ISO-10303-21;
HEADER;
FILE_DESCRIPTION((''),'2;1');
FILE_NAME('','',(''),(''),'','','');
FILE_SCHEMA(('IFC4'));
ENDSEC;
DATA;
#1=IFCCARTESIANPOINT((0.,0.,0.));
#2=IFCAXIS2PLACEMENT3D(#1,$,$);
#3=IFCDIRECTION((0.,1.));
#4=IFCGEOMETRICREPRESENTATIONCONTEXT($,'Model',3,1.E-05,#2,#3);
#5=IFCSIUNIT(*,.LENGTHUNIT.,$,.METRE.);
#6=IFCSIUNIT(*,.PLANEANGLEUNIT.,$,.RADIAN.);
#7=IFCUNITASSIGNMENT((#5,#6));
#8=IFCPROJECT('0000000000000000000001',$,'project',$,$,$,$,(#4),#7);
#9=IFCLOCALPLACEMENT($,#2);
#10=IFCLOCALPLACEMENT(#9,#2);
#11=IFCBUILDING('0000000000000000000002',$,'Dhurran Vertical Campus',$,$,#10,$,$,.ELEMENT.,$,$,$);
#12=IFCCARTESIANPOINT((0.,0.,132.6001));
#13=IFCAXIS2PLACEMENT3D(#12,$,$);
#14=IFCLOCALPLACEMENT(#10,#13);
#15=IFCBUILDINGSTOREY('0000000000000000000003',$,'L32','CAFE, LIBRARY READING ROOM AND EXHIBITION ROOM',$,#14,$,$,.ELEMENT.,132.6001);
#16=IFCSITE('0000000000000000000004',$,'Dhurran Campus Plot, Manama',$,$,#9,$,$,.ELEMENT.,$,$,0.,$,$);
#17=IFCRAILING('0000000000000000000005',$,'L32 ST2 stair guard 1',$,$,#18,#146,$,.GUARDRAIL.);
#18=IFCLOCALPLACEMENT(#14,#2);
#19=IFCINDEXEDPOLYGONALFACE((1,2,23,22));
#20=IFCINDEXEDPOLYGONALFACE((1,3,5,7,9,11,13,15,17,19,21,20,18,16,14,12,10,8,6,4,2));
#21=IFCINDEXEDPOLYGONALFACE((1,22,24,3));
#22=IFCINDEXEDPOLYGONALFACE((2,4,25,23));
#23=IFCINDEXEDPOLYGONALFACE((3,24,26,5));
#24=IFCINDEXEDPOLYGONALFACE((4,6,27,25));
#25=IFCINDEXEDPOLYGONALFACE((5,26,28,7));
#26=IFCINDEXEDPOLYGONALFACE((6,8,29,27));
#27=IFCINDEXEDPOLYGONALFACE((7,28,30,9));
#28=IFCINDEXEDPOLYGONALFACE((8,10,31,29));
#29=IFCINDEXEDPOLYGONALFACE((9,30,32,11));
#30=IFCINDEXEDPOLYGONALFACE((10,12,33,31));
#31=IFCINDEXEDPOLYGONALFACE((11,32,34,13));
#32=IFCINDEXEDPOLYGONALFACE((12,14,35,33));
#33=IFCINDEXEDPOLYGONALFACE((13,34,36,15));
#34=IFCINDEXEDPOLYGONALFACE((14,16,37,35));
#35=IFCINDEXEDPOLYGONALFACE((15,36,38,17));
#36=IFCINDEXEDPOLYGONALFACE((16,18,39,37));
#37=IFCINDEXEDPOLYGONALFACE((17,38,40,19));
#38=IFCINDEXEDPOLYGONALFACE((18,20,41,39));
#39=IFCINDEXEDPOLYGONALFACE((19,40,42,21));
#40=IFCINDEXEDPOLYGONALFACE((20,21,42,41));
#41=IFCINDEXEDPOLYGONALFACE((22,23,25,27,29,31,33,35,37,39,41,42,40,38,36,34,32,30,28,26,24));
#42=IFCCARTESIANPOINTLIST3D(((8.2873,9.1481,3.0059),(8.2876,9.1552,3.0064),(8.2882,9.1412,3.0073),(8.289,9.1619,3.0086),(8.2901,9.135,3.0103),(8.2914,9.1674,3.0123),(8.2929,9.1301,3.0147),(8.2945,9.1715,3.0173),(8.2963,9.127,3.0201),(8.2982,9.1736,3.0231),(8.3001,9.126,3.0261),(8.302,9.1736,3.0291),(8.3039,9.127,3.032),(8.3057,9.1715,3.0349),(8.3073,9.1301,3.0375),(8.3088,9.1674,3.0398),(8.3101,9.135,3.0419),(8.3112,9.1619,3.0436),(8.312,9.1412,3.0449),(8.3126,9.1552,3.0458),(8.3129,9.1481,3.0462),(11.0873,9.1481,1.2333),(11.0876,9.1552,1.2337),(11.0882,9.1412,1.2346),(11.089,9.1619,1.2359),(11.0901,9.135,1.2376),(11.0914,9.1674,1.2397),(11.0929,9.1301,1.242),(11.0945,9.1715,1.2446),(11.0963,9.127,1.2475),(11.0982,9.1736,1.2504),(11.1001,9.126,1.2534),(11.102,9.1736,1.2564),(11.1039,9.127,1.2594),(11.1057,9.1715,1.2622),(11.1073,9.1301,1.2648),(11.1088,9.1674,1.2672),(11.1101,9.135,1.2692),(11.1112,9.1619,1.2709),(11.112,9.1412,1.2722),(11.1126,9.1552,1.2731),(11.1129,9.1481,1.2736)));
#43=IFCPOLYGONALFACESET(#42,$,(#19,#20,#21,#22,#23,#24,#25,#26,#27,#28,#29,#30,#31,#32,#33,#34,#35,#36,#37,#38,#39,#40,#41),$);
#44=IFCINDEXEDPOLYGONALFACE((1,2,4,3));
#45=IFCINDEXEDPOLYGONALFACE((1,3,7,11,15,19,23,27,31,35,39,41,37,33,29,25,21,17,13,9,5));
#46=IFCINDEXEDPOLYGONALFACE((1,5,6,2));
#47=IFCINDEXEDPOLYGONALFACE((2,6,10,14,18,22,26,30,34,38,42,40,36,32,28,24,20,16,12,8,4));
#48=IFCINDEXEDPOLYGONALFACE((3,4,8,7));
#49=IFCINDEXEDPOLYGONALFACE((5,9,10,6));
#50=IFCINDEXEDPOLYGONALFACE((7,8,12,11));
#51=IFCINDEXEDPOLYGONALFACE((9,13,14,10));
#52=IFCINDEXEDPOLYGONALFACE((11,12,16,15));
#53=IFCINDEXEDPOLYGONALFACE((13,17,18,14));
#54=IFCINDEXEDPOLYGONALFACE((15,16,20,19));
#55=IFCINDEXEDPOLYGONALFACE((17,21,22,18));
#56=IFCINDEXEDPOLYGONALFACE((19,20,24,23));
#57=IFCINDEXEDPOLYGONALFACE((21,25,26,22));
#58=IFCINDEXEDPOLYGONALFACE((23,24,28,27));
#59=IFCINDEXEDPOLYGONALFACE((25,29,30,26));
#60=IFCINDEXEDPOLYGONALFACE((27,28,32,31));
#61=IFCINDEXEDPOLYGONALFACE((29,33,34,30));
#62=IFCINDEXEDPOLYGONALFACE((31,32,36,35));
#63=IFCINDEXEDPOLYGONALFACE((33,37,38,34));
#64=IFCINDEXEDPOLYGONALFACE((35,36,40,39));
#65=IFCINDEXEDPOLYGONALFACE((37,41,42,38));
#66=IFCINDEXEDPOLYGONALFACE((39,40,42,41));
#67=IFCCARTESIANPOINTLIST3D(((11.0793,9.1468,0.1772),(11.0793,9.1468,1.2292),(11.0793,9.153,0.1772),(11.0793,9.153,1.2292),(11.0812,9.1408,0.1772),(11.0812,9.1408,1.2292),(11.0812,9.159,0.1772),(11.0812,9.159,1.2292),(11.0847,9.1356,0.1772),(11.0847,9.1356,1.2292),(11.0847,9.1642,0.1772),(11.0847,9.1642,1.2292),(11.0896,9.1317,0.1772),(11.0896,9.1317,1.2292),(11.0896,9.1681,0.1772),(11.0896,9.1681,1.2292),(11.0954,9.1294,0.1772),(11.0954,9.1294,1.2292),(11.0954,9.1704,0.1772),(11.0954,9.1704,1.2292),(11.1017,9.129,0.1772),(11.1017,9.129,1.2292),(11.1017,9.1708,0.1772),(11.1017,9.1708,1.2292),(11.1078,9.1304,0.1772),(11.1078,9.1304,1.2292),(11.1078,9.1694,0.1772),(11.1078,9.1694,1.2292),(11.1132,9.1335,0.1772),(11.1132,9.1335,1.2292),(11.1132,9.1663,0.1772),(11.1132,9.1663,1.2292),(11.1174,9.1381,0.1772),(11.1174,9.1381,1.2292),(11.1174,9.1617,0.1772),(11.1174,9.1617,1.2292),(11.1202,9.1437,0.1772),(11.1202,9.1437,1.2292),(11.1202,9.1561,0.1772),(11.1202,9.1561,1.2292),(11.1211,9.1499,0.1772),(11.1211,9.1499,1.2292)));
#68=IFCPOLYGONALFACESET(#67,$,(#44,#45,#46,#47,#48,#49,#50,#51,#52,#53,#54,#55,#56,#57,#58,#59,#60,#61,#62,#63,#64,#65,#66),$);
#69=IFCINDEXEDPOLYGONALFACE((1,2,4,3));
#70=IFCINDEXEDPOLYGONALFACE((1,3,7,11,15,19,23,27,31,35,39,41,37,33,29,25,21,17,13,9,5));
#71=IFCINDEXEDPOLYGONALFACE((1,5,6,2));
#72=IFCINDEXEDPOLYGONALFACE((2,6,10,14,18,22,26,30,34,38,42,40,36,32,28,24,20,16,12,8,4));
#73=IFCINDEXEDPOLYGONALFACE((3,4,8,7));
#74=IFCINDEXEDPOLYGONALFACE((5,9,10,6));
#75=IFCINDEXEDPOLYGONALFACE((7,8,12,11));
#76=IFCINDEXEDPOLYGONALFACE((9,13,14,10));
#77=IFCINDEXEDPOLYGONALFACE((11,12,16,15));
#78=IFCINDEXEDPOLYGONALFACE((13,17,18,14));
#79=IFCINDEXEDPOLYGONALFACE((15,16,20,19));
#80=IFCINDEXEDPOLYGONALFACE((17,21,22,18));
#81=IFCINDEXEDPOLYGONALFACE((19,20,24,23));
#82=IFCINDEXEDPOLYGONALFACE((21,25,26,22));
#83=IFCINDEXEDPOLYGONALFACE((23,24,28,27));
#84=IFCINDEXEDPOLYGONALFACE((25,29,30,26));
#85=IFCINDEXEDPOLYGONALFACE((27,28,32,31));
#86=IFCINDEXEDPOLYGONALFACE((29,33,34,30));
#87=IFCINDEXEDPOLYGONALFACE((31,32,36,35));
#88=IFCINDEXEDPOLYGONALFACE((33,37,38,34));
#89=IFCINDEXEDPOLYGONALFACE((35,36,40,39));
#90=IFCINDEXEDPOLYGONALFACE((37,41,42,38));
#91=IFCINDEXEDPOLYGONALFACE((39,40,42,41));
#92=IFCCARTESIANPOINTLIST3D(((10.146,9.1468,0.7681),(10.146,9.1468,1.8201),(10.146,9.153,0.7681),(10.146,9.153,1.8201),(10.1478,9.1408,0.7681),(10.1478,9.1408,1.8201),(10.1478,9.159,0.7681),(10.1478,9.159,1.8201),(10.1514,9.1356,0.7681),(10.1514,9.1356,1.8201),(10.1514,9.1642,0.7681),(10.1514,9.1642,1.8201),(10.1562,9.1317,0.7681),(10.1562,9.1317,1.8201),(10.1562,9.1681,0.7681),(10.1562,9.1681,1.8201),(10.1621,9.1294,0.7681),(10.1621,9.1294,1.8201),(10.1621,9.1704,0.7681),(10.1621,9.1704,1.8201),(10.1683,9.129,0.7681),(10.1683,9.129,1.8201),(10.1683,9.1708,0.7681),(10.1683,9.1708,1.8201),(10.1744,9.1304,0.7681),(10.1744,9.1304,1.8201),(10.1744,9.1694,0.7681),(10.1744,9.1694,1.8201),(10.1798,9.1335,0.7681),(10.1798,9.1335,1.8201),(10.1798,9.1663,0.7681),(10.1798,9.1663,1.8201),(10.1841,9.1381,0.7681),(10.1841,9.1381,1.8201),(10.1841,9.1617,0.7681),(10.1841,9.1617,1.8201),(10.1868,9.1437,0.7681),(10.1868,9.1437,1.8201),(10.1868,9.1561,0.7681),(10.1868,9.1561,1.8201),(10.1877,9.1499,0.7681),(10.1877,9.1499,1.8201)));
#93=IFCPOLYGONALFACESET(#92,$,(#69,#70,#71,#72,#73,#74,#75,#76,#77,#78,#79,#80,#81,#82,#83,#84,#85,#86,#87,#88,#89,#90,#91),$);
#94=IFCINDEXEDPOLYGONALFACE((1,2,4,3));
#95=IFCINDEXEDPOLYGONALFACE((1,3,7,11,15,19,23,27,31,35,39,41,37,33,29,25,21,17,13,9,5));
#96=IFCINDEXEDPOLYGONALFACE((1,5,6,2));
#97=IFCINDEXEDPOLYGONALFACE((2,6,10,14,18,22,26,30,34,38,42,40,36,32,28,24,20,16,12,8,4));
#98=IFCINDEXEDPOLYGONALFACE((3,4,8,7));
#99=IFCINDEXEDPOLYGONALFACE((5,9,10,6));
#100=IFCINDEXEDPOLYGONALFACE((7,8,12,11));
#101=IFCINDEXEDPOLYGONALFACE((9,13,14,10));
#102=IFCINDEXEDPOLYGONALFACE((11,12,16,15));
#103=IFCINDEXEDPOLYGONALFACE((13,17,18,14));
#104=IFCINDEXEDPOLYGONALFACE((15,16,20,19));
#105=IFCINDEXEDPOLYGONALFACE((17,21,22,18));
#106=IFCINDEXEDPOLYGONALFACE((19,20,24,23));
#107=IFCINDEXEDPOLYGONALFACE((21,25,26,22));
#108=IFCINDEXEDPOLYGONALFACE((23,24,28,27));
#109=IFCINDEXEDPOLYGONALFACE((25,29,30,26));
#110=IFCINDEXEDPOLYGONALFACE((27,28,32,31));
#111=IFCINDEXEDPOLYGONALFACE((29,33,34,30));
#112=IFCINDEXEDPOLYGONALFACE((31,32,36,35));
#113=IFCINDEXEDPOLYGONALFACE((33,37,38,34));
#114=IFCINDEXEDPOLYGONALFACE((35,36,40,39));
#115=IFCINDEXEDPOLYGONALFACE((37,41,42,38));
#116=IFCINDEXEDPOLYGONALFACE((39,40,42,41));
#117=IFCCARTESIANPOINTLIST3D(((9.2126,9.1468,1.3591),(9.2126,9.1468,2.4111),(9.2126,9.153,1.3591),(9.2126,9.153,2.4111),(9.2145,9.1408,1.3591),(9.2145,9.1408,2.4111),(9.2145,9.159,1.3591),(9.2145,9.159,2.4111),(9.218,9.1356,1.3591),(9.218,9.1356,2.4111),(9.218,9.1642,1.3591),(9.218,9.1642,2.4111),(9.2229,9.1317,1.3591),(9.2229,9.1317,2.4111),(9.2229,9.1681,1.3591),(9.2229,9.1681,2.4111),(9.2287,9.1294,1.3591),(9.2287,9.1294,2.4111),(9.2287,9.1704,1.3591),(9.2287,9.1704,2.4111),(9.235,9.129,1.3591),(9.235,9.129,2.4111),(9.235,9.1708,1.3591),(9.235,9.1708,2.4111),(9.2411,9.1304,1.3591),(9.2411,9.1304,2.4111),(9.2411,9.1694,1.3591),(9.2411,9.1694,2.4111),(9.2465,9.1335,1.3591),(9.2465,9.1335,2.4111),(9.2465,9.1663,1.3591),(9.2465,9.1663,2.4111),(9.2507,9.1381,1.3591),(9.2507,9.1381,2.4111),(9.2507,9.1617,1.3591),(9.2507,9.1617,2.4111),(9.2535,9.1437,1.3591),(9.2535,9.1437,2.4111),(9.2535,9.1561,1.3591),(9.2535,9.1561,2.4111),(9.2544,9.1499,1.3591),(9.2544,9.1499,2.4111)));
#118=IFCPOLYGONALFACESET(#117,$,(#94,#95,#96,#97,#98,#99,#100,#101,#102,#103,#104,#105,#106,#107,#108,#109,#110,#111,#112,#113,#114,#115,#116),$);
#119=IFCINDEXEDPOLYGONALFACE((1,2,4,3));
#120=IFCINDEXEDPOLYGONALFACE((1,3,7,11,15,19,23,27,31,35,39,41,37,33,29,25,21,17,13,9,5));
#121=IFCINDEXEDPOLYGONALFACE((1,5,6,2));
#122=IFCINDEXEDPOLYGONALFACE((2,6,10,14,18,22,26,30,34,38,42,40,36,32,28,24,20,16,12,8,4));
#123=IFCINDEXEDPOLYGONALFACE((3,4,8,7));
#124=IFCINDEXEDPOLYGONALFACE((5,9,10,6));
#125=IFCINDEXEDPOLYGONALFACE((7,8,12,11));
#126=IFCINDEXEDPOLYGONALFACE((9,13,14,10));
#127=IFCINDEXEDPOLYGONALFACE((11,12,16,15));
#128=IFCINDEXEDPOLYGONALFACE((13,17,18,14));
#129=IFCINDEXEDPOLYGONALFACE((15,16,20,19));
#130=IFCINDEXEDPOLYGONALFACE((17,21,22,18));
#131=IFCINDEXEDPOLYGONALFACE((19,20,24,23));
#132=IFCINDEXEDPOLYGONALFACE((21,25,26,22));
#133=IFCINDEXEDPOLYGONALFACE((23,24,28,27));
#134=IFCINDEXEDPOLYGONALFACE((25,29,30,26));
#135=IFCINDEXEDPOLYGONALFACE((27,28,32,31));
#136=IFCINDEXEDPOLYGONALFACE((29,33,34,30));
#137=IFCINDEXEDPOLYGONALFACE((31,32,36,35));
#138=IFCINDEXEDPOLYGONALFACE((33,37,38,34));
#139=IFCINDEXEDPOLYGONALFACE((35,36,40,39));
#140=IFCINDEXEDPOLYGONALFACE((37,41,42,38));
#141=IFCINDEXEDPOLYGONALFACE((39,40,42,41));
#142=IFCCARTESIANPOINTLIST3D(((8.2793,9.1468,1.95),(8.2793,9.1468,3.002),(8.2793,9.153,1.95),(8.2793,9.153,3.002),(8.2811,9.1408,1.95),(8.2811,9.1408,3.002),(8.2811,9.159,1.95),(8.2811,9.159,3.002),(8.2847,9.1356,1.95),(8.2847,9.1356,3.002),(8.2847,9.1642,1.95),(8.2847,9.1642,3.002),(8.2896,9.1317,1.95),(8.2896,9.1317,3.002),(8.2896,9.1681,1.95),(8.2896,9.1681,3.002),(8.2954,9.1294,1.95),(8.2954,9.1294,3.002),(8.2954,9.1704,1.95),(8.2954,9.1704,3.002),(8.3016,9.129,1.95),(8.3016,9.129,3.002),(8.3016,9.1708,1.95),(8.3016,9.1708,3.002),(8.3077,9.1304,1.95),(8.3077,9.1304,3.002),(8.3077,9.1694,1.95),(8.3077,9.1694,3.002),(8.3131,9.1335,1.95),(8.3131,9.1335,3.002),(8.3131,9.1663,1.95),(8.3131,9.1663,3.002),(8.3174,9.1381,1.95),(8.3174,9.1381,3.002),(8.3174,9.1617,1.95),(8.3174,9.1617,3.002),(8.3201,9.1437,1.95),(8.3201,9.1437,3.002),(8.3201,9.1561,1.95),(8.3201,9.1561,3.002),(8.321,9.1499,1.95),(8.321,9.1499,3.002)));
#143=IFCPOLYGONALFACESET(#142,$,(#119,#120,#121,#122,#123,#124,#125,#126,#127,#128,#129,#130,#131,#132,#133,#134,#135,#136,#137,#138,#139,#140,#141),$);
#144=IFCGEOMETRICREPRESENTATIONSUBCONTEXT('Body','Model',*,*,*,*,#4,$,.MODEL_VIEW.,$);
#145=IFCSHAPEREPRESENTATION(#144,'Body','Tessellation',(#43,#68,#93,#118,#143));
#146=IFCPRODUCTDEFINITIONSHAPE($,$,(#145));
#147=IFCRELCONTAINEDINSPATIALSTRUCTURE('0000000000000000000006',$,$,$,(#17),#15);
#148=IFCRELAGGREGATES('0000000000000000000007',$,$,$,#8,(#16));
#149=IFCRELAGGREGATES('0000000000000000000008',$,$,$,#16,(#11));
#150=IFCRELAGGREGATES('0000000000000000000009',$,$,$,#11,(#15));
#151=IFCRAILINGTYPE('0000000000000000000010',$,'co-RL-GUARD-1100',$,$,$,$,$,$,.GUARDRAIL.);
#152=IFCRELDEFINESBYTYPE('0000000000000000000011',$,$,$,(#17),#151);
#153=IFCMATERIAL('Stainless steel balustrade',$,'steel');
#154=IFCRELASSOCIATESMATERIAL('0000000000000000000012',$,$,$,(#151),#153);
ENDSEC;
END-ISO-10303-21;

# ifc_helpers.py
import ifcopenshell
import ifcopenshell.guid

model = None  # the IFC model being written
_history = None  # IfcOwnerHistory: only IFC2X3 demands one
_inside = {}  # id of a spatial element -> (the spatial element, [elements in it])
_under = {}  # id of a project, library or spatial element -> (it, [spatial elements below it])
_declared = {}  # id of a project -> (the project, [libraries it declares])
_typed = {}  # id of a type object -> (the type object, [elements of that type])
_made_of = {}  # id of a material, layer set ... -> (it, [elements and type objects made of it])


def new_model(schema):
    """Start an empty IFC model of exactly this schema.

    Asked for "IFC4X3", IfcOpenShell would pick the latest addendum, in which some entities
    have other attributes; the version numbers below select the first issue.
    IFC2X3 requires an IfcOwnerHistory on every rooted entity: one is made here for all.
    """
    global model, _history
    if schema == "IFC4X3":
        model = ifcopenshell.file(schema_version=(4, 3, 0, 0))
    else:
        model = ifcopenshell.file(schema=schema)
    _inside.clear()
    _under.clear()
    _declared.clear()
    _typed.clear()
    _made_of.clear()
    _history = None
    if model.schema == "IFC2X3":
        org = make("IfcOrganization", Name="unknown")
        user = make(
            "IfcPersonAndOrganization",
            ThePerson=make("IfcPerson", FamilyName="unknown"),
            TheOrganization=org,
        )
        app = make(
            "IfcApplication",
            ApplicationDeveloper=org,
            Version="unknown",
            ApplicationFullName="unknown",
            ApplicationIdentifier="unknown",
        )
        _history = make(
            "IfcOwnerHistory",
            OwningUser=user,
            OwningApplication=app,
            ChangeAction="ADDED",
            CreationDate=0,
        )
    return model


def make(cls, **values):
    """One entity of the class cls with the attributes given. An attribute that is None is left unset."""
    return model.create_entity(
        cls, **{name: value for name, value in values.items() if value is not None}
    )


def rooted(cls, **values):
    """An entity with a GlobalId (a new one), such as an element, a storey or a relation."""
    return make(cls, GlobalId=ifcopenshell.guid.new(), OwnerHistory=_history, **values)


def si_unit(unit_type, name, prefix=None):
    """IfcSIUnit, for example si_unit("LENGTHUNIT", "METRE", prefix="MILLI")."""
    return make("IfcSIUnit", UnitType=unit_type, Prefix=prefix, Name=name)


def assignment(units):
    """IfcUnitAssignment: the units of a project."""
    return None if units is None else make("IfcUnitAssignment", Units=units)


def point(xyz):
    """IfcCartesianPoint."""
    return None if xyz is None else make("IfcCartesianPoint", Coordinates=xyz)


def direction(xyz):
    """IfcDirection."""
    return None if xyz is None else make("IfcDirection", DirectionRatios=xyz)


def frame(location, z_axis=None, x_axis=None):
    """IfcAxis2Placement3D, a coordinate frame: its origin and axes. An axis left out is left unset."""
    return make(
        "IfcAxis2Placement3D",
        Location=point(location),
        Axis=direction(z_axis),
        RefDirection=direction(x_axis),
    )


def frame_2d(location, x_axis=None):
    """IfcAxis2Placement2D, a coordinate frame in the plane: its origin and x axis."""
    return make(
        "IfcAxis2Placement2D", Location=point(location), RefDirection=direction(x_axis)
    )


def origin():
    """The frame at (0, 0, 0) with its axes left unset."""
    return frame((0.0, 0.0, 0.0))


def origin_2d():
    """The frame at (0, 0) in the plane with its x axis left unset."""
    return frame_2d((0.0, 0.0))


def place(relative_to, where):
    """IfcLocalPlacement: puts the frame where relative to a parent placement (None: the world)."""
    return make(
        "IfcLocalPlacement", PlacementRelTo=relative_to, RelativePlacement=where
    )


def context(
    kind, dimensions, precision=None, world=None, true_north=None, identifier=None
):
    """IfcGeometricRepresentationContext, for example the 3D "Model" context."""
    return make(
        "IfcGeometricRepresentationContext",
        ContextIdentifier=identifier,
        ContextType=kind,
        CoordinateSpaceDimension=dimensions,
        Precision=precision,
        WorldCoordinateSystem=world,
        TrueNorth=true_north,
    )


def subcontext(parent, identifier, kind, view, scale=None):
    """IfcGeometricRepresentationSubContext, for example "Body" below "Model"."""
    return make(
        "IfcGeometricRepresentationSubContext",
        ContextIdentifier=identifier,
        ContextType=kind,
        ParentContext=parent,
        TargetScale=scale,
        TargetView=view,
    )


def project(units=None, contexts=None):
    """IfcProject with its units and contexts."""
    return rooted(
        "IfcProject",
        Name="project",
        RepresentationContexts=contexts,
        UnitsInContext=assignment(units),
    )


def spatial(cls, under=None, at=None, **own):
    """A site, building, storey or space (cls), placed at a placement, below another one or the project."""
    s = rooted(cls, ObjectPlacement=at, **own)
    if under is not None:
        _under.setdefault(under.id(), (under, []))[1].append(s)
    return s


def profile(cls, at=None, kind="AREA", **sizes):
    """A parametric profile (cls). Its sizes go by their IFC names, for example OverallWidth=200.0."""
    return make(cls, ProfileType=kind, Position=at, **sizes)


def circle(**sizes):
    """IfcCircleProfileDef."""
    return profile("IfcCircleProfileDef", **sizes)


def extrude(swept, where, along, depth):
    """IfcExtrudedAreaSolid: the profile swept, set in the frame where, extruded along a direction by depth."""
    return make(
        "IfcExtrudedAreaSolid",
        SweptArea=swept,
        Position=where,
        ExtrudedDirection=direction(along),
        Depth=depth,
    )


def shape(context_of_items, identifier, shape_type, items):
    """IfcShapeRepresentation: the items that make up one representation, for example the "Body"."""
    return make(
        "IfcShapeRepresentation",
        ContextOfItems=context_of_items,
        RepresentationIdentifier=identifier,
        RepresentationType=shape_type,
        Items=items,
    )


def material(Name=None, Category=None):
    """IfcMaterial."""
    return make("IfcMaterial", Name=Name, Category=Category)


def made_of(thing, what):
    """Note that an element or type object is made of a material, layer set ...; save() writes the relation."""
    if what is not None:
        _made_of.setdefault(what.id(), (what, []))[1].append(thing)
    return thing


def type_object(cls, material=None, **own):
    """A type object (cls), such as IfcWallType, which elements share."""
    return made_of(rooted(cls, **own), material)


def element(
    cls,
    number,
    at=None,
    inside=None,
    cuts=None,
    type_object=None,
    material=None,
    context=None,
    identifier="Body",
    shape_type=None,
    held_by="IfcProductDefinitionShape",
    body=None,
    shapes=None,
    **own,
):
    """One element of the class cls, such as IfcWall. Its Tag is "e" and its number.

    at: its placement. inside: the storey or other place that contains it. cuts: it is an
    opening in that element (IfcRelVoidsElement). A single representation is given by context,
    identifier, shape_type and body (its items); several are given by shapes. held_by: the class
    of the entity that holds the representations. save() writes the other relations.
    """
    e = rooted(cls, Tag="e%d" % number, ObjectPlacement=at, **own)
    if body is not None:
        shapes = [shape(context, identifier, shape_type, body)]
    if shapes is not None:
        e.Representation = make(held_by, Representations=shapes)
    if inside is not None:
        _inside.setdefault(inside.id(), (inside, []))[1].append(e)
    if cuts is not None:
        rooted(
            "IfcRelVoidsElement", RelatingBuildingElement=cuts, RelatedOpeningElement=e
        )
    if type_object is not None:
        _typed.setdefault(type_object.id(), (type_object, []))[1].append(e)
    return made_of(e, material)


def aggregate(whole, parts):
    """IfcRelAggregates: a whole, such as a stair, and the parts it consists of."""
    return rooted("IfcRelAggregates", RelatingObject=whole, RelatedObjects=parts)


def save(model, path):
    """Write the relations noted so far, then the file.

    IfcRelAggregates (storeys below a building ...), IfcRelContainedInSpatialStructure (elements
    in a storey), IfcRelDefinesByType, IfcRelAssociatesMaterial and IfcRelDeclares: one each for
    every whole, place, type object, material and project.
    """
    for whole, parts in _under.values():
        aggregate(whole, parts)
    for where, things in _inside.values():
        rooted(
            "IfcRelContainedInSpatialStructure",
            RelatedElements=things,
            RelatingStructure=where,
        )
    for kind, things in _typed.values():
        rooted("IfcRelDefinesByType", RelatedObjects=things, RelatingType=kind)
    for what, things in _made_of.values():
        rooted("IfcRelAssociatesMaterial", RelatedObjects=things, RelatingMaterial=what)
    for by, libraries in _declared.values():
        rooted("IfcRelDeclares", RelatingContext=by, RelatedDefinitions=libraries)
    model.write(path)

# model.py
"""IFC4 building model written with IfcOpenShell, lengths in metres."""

from ifc_helpers import new_model, si_unit, direction, frame, origin, origin_2d, place, context, subcontext, project, spatial, circle, extrude, material, type_object, element, save


model = new_model("IFC4")

# Units and contexts
model_context = context("Model", 3, precision=1e-05, world=origin(), true_north=direction((0.0, 1.0)))
body_context = subcontext(model_context, "Body", "Model", "MODEL_VIEW")
ifc_project = project(units=[si_unit("LENGTHUNIT", "METRE"), si_unit("PLANEANGLEUNIT", "RADIAN")], contexts=[model_context])

# Site, building, storey
site_placement = place(None, origin())
site = spatial("IfcSite", under=ifc_project, at=site_placement, Name="Dhurran Campus Plot, Manama", CompositionType="ELEMENT", RefElevation=0.0)
building_placement = place(site_placement, origin())
building = spatial("IfcBuilding", under=site, at=building_placement, Name="Dhurran Vertical Campus", CompositionType="ELEMENT")
storey_placement = place(building_placement, frame((0.0, 0.0, 132.6001)))
storey = spatial("IfcBuildingStorey", under=building, at=storey_placement, Name="L32", Description="CAFE, LIBRARY READING ROOM AND EXHIBITION ROOM", CompositionType="ELEMENT", Elevation=132.6001)

# Railing
ifc_material_1 = material(Name="Stainless steel balustrade", Category="steel")
railing_type_1 = type_object("IfcRailingType", Name="co-RL-GUARD-1100", PredefinedType="GUARDRAIL", material=ifc_material_1)
railing_1_placement = place(storey_placement, frame((11.1001, 9.1499, 0.1772)))
element("IfcRailing", 1, at=railing_1_placement, inside=storey, type_object=railing_type_1, Name="L32 ST2 stair guard 1", PredefinedType="GUARDRAIL", context=body_context, shape_type="SweptSolid", body=[
    extrude(circle(Radius=0.0239, at=origin_2d()), frame((0.0, 0.0, 1.0762), z_axis=(-0.844909, 0.0, 0.53491), x_axis=(0.0, -1.0, 0.0)), (0.0, 0.0, 1.0), 3.314),
    extrude(circle(Radius=0.021, at=origin_2d()), origin(), (0.0, 0.0, 1.0), 1.052),
    extrude(circle(Radius=0.021, at=origin_2d()), frame((-0.9333, 0.0, 0.5908)), (0.0, 0.0, 1.0), 1.052),
    extrude(circle(Radius=0.021, at=origin_2d()), frame((-1.8667, 0.0, 1.1819)), (0.0, 0.0, 1.0), 1.052),
    extrude(circle(Radius=0.021, at=origin_2d()), frame((-2.8, 0.0, 1.7727)), (0.0, 0.0, 1.0), 1.052),
])

save(model, "model.ifc")
